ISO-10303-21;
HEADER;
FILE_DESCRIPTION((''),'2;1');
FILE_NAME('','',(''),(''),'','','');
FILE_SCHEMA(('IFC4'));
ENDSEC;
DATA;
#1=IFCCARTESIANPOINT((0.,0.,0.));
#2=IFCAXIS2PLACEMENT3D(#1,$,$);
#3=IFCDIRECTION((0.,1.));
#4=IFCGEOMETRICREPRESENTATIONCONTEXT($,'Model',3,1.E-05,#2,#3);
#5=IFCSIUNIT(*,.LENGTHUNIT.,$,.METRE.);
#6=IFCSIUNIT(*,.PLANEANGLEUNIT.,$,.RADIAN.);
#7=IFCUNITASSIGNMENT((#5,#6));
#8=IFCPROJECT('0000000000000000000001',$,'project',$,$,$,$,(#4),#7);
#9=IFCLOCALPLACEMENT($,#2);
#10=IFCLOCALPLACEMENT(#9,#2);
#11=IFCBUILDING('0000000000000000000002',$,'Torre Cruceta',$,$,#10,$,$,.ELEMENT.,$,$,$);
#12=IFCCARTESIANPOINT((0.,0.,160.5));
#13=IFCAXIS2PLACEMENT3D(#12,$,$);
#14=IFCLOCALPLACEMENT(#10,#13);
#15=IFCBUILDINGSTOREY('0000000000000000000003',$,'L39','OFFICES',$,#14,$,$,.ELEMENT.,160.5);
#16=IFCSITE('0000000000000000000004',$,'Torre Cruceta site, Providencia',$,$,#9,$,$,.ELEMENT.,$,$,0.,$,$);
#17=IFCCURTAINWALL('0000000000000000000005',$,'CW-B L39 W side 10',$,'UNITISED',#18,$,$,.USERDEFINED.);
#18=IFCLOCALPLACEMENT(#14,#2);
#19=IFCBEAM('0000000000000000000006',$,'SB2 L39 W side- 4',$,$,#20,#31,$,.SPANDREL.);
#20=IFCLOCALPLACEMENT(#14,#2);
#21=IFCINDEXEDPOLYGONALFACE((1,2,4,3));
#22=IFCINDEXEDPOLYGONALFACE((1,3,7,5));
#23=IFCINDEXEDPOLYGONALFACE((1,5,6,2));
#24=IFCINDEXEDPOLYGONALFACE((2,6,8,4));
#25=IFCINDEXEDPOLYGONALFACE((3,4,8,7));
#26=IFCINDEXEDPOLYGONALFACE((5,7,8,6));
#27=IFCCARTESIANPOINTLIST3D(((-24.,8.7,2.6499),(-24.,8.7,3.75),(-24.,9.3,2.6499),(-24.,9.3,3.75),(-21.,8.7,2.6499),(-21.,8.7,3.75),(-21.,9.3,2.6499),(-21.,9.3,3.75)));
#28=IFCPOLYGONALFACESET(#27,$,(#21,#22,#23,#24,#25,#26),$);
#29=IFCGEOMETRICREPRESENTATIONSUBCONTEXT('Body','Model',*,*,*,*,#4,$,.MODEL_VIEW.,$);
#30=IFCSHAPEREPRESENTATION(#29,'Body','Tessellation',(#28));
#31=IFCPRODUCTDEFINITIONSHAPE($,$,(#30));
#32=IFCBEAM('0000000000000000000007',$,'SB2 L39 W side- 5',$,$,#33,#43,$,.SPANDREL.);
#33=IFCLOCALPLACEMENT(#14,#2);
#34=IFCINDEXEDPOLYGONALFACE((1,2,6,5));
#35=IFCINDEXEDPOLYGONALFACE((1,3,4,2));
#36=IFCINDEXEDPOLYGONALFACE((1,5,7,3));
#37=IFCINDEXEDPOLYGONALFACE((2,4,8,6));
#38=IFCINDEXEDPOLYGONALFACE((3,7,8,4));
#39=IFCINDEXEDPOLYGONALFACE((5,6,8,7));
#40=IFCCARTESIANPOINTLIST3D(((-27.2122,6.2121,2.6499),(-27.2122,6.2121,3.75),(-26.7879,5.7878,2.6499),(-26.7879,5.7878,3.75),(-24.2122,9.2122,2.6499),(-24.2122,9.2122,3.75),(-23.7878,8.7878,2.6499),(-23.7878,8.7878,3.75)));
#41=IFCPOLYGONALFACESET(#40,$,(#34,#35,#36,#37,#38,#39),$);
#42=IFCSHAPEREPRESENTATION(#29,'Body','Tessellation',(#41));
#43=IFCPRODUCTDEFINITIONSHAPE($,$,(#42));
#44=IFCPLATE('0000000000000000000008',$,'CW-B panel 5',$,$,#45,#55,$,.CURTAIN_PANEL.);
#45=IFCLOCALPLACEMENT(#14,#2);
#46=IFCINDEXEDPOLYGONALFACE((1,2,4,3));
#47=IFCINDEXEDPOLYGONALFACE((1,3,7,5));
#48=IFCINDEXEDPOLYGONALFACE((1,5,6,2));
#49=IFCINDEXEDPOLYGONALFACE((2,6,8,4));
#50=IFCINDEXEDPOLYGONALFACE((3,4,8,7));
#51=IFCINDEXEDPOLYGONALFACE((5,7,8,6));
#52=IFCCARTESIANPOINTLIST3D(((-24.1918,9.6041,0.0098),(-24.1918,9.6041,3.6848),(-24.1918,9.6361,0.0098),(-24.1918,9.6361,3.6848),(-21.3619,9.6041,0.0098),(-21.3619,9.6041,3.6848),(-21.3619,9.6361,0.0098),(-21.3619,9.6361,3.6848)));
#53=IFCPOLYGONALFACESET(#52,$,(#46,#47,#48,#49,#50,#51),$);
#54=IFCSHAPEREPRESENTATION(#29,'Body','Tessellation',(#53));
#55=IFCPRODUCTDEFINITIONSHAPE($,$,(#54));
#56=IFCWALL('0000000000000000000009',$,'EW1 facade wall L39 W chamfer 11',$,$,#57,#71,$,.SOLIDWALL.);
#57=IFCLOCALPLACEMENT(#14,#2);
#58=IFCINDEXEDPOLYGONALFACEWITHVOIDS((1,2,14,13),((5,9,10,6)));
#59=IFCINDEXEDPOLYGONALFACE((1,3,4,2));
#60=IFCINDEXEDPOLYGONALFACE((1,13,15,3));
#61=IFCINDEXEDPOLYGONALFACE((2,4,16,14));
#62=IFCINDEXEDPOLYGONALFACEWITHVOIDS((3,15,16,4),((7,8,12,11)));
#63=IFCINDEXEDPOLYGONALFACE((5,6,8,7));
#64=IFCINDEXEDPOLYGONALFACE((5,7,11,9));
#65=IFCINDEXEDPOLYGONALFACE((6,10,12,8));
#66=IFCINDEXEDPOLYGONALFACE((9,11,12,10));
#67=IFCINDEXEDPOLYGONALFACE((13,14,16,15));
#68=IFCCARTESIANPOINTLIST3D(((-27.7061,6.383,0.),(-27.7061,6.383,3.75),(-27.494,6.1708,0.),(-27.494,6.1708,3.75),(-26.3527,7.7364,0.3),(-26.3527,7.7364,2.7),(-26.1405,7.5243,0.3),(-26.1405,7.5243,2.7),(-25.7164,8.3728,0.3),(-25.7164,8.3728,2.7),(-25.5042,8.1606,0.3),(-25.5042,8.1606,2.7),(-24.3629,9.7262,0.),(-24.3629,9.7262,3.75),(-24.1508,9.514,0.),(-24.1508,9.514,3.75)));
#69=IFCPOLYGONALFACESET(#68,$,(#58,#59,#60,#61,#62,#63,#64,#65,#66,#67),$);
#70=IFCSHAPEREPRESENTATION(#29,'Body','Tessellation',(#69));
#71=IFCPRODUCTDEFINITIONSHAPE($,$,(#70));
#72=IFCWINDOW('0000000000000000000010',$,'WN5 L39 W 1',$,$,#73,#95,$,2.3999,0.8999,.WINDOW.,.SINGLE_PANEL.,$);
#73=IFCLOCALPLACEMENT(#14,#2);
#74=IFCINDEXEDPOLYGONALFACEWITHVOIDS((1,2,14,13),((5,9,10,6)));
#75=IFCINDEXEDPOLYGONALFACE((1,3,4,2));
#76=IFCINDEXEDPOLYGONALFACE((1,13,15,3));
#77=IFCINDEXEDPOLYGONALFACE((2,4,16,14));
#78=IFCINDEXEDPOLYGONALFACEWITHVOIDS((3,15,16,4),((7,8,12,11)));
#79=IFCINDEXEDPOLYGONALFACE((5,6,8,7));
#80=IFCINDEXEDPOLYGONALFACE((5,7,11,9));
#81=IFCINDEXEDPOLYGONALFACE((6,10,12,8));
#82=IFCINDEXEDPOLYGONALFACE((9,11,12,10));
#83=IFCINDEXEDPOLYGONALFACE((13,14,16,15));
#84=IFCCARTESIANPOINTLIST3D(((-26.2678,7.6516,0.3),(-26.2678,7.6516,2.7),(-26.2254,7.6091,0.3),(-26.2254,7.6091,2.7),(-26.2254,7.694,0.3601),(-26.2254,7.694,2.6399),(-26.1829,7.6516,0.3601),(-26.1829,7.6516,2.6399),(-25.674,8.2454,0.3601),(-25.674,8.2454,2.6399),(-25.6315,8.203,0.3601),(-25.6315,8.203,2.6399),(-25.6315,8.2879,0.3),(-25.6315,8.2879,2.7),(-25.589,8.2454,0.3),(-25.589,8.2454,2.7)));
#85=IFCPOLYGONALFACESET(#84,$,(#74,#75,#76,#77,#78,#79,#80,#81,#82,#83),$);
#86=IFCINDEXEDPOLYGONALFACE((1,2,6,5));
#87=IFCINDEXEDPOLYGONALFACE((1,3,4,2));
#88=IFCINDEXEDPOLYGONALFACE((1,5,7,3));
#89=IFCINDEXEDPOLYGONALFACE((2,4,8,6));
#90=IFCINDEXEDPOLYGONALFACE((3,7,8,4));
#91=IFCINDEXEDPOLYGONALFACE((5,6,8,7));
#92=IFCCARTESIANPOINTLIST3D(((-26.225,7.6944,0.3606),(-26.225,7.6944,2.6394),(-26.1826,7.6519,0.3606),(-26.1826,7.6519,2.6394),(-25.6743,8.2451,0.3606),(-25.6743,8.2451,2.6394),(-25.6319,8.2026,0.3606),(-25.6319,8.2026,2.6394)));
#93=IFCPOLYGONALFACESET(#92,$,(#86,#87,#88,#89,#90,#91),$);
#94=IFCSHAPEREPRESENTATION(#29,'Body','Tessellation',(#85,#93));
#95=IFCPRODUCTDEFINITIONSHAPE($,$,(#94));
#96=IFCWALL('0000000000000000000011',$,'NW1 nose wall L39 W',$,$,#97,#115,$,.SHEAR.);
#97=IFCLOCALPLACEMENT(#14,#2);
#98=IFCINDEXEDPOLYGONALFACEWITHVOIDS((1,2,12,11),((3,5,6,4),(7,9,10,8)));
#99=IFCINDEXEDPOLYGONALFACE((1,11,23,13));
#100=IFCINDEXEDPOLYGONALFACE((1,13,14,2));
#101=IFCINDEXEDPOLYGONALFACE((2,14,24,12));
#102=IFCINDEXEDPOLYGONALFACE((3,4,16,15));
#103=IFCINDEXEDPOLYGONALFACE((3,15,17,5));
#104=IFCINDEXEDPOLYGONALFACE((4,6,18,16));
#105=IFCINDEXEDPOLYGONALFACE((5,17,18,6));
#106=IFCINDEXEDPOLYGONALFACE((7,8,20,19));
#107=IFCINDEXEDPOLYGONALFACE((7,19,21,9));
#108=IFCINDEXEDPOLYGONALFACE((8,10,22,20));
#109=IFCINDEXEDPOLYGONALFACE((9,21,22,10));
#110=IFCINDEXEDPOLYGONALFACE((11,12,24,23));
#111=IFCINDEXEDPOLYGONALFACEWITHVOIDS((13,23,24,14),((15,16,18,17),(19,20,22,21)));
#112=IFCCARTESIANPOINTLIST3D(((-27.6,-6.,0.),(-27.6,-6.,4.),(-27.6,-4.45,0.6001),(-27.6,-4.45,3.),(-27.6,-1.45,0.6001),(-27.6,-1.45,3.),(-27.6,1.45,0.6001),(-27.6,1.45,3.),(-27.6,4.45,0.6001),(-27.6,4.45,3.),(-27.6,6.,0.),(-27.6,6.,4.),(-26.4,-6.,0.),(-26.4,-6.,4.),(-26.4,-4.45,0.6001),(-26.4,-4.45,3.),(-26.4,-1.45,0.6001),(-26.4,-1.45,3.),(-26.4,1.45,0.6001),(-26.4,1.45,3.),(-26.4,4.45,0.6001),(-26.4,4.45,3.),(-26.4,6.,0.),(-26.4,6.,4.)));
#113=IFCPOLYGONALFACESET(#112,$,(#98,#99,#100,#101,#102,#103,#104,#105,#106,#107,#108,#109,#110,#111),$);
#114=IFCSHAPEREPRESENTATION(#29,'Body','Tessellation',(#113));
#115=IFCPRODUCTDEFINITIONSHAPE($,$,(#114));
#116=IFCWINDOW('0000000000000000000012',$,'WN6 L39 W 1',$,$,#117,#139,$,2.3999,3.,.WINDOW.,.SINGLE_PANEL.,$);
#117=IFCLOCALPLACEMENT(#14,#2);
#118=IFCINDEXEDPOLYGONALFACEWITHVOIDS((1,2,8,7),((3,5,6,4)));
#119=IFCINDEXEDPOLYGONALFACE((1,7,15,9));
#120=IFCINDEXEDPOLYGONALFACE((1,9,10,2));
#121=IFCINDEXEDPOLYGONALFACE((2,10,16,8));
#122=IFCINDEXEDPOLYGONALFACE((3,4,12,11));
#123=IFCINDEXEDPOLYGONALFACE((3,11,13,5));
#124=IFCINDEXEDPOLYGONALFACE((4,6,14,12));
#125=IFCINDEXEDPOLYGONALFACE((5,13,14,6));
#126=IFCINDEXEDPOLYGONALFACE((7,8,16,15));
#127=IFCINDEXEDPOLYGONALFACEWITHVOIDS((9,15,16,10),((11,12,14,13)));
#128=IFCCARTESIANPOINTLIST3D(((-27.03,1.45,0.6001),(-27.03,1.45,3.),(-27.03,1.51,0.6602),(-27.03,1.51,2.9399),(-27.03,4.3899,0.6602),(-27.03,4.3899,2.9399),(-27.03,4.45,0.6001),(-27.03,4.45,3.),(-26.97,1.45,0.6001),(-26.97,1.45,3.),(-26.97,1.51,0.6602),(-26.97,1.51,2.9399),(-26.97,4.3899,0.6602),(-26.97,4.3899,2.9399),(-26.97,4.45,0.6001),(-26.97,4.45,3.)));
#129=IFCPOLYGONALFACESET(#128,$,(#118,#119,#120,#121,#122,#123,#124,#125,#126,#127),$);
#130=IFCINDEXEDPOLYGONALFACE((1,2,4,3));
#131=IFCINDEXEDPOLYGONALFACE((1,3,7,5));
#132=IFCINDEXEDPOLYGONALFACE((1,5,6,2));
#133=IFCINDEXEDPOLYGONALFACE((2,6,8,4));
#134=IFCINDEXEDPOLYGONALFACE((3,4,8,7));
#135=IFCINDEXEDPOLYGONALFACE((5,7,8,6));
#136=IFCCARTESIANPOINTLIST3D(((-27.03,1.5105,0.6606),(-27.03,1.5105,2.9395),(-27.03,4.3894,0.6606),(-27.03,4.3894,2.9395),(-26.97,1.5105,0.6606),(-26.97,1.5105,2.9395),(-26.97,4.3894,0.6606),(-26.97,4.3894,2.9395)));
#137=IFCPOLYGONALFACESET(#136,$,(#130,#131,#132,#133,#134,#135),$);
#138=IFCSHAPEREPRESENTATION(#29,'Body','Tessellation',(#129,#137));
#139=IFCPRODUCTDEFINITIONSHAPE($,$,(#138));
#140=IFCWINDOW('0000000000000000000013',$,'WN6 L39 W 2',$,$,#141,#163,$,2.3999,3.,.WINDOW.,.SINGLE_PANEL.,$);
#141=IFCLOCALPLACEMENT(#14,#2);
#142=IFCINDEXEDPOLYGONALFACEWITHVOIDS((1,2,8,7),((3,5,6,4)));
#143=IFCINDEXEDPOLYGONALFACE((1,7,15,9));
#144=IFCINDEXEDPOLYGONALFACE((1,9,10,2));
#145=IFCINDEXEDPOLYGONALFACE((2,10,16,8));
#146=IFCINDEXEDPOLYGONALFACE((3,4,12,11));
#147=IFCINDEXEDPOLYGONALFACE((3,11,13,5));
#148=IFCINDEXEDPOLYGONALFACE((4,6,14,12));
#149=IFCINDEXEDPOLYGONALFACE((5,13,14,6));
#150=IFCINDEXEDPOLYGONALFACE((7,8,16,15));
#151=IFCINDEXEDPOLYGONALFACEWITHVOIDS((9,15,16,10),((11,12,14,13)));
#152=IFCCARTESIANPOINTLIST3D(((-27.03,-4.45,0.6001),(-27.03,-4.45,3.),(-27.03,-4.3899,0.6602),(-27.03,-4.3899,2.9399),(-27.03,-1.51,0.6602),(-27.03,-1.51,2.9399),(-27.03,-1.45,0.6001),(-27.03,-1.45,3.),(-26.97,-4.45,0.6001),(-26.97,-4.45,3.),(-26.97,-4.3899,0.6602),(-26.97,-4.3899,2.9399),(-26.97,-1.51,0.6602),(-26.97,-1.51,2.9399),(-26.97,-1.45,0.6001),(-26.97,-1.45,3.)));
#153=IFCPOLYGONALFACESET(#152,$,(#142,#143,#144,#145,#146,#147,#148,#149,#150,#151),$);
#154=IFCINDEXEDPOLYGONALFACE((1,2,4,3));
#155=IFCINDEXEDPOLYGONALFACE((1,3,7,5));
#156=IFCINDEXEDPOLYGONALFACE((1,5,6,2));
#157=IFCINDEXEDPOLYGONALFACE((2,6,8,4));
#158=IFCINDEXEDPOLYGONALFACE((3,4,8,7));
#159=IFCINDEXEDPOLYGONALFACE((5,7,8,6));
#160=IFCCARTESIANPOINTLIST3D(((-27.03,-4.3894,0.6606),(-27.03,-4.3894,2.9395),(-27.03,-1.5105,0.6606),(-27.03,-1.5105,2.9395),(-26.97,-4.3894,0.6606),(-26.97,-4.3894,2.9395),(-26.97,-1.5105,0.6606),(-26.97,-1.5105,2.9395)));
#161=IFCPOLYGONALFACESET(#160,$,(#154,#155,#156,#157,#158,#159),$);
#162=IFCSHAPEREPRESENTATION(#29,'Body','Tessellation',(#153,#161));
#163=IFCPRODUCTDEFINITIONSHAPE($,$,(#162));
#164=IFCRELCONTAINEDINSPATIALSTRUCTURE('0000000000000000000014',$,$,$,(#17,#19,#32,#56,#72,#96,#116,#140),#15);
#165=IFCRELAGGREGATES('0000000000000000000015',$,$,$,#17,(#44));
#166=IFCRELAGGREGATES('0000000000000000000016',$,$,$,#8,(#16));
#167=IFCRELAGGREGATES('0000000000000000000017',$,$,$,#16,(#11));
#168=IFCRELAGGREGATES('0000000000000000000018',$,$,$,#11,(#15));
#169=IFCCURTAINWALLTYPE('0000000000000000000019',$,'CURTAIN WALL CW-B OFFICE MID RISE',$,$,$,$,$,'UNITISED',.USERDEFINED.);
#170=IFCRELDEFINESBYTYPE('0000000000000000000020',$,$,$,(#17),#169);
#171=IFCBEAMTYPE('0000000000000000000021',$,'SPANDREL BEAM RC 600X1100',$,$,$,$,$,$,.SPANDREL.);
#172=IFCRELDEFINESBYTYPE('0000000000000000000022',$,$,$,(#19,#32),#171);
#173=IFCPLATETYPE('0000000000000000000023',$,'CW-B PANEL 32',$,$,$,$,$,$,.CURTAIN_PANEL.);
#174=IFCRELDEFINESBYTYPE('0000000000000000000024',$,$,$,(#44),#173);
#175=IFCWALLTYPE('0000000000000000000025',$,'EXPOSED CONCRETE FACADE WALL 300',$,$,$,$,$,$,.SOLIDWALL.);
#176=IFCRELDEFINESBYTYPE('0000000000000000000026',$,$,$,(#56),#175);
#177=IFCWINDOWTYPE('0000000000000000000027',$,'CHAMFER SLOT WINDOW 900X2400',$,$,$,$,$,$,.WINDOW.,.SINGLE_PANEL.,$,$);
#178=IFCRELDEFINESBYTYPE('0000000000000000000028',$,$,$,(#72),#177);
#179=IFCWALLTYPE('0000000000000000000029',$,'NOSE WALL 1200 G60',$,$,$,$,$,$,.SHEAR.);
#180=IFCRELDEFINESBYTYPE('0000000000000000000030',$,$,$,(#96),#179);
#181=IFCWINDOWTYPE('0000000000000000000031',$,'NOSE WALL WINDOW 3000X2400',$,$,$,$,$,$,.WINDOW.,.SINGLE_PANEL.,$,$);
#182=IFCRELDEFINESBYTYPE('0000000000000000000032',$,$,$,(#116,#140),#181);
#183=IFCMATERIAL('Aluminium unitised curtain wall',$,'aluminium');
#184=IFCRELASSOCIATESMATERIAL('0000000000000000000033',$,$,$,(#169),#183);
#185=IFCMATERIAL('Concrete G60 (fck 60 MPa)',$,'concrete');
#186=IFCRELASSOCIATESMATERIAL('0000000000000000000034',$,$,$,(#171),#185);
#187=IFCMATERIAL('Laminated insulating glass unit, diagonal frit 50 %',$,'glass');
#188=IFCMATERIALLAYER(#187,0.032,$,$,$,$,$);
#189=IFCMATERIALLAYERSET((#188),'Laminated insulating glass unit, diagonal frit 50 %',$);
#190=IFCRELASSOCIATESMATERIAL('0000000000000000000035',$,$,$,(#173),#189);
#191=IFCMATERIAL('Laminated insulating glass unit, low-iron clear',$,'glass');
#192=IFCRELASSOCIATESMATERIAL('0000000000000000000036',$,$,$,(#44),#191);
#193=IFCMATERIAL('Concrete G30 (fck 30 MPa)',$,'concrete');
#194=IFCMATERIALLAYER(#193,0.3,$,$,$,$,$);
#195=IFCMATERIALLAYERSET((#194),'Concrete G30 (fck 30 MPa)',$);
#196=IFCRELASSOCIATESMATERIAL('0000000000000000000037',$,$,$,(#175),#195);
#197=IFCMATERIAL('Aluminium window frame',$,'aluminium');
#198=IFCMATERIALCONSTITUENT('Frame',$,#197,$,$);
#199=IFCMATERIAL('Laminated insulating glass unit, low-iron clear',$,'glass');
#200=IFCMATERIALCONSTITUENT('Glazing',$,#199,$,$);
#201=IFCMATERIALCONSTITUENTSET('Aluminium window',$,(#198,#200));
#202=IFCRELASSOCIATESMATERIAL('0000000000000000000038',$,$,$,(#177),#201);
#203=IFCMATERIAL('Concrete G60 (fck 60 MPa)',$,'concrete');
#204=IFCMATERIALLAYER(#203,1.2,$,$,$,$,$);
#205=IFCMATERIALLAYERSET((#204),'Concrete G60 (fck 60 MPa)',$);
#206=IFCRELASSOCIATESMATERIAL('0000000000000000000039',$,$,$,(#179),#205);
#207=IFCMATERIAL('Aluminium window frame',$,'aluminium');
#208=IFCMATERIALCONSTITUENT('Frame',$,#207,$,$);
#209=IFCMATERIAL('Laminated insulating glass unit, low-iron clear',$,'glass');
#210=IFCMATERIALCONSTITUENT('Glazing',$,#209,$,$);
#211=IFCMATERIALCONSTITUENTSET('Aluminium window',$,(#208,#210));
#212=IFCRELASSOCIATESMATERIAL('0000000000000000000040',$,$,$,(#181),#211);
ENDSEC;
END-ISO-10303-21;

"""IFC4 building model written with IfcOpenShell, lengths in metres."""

from ifc_helpers import new_model, si_unit, direction, frame, frame_2d, origin, origin_2d, place, context, subcontext, project, spatial, rectangle, hollow_rectangle, extrude, material, layer, layer_set, constituent, constituent_set, material_profile, profile_set, type_object, element, fill, aggregate, save


model = new_model("IFC4")

# Units and contexts
model_context = context("Model", 3, precision=1e-05, world=origin(), true_north=direction((0.0, 1.0)))
body_context = subcontext(model_context, "Body", "Model", "MODEL_VIEW")
ifc_project = project(units=[si_unit("LENGTHUNIT", "METRE"), si_unit("PLANEANGLEUNIT", "RADIAN")], contexts=[model_context])

# Site, building, storey
site_placement = place(None, origin())
site = spatial("IfcSite", under=ifc_project, at=site_placement, Name="Torre Cruceta site, Providencia", CompositionType="ELEMENT", RefElevation=0.0)
building_placement = place(site_placement, origin())
building = spatial("IfcBuilding", under=site, at=building_placement, Name="Torre Cruceta", CompositionType="ELEMENT")
storey_placement = place(building_placement, frame((0.0, 0.0, 160.5)))
storey = spatial("IfcBuildingStorey", under=building, at=storey_placement, Name="L39", Description="OFFICES", CompositionType="ELEMENT", Elevation=160.5)

# Curtain wall
ifc_material_1 = material(Name="Aluminium unitised curtain wall", Category="aluminium")
curtain_wall_type = type_object("IfcCurtainWallType", Name="CURTAIN WALL CW-B OFFICE MID RISE", ElementType="UNITISED", PredefinedType="USERDEFINED", material=ifc_material_1)
curtain_wall_placement = place(storey_placement, origin())
curtain_wall = element("IfcCurtainWall", 1, at=curtain_wall_placement, inside=storey, type_object=curtain_wall_type, Name="CW-B L39 W side 10", ObjectType="UNITISED", PredefinedType="USERDEFINED")

# Beams
ifc_material_2 = material(Name="Concrete G60 (fck 60 MPa)", Category="concrete")
ifc_material_profile_1 = material_profile(ifc_material_2, rectangle(XDim=0.6001, YDim=1.1001, at=origin_2d()), Name="RC 600X1100")
ifc_profile_set_1 = profile_set([ifc_material_profile_1], Name="Concrete G60 (fck 60 MPa)")
beam_type_1 = type_object("IfcBeamType", Name="SPANDREL BEAM RC 600X1100", PredefinedType="SPANDREL", material=ifc_profile_set_1)
beam_1_placement = place(storey_placement, frame((-21.0, 9.0, 3.2), z_axis=(-1.0, 0.0, 0.0), x_axis=(0.0, -1.0, 0.0)))
element("IfcBeam", 2, at=beam_1_placement, inside=storey, type_object=beam_type_1, Name="SB2 L39 W side- 4", PredefinedType="SPANDREL", context=body_context, shape_type="SweptSolid", body=[
    extrude(rectangle(XDim=0.6001, YDim=1.1001, at=origin_2d()), origin(), (0.0, 0.0, 1.0), 3.0),
])
beam_2_placement = place(storey_placement, frame((-24.0, 9.0, 3.2), z_axis=(-0.707107, -0.707107, 0.0), x_axis=(0.707107, -0.707107, 0.0)))
element("IfcBeam", 3, at=beam_2_placement, inside=storey, type_object=beam_type_1, Name="SB2 L39 W side- 5", PredefinedType="SPANDREL", context=body_context, shape_type="SweptSolid", body=[
    extrude(rectangle(XDim=0.6001, YDim=1.1001, at=origin_2d()), origin(), (0.0, 0.0, 1.0), 4.2427),
])

# Plate
ifc_material_3 = material(Name="Laminated insulating glass unit, low-iron clear", Category="glass")
ifc_material_4 = material(Name="Laminated insulating glass unit, diagonal frit 50 %", Category="glass")
ifc_layer_1 = layer(ifc_material_4, 0.032)
ifc_layer_set_1 = layer_set([ifc_layer_1], Name="Laminated insulating glass unit, diagonal frit 50 %")
plate_type = type_object("IfcPlateType", Name="CW-B PANEL 32", PredefinedType="CURTAIN_PANEL", material=ifc_layer_set_1)
plate_placement = place(storey_placement, frame((-22.7769, 9.6201, 0.0098), z_axis=(0.0, 0.0, 1.0), x_axis=(-1.0, 0.0, 0.0)))
plate = element("IfcPlate", 4, at=plate_placement, type_object=plate_type, material=ifc_material_3, Name="CW-B panel 5", PredefinedType="CURTAIN_PANEL", context=body_context, shape_type="SweptSolid", body=[
    extrude(rectangle(XDim=2.8298, YDim=0.032, at=origin_2d()), origin(), (0.0, 0.0, 1.0), 3.675),
])
aggregate(curtain_wall, [plate])

# Wall, opening, window
ifc_material_5 = material(Name="Concrete G30 (fck 30 MPa)", Category="concrete")
ifc_layer_2 = layer(ifc_material_5, 0.3)
ifc_layer_set_2 = layer_set([ifc_layer_2], Name="Concrete G30 (fck 30 MPa)")
wall_type_1 = type_object("IfcWallType", Name="EXPOSED CONCRETE FACADE WALL 300", PredefinedType="SOLIDWALL", material=ifc_layer_set_2)
wall_1_placement = place(storey_placement, frame((-24.2568, 9.6201, 0.0), z_axis=(0.0, 0.0, 1.0), x_axis=(-0.707107, -0.707107, 0.0)))
wall_1 = element("IfcWall", 5, at=wall_1_placement, inside=storey, type_object=wall_type_1, Name="EW1 facade wall L39 W chamfer 11", PredefinedType="SOLIDWALL", context=body_context, shape_type="SweptSolid", body=[
    extrude(rectangle(XDim=4.728, YDim=0.3, at=frame_2d((2.364, 0.0))), origin(), (0.0, 0.0, 1.0), 3.75),
])
opening_1_placement = place(wall_1_placement, frame((1.9141, 0.0, 0.3)))
opening_1 = element("IfcOpeningElement", 6, at=opening_1_placement, cuts=wall_1, PredefinedType="OPENING", context=body_context, shape_type="SweptSolid", body=[
    extrude(rectangle(XDim=0.8999, YDim=2.3999, at=frame_2d((0.45, 1.2))), frame((0.0, 0.1599, 0.0), z_axis=(0.0, -1.0, 0.0), x_axis=(1.0, 0.0, 0.0)), (0.0, 0.0, 1.0), 0.3201),
])
ifc_material_6 = material(Name="Aluminium window frame", Category="aluminium")
ifc_constituent_1 = constituent(ifc_material_6, Name="Frame")
ifc_material_7 = material(Name="Laminated insulating glass unit, low-iron clear", Category="glass")
ifc_constituent_2 = constituent(ifc_material_7, Name="Glazing")
ifc_constituent_set_1 = constituent_set(constituents=[ifc_constituent_1, ifc_constituent_2], Name="Aluminium window")
window_type_1 = type_object("IfcWindowType", Name="CHAMFER SLOT WINDOW 900X2400", PartitioningType="SINGLE_PANEL", PredefinedType="WINDOW", material=ifc_constituent_set_1)
window_1_placement = place(opening_1_placement, origin())
window_1 = element("IfcWindow", 7, at=window_1_placement, inside=storey, type_object=window_type_1, Name="WN5 L39 W 1", OverallHeight=2.3999, OverallWidth=0.8999, PartitioningType="SINGLE_PANEL", PredefinedType="WINDOW", context=body_context, shape_type="SweptSolid", body=[
    extrude(hollow_rectangle(XDim=0.8999, YDim=2.3999, WallThickness=0.0601, at=frame_2d((0.45, 1.2))), frame((0.0, 0.03, 0.0), z_axis=(0.0, -1.0, 0.0), x_axis=(1.0, 0.0, 0.0)), (0.0, 0.0, 1.0), 0.0601),
    extrude(rectangle(XDim=0.7788, YDim=2.2788, at=frame_2d((0.45, 1.2))), frame((0.0, 0.03, 0.0), z_axis=(0.0, -1.0, 0.0), x_axis=(1.0, 0.0, 0.0)), (0.0, 0.0, 1.0), 0.0601),
])
fill(opening_1, window_1)

# Wall, openings, windows
ifc_material_8 = material(Name="Concrete G60 (fck 60 MPa)", Category="concrete")
ifc_layer_3 = layer(ifc_material_8, 1.2)
ifc_layer_set_3 = layer_set([ifc_layer_3], Name="Concrete G60 (fck 60 MPa)")
wall_type_2 = type_object("IfcWallType", Name="NOSE WALL 1200 G60", PredefinedType="SHEAR", material=ifc_layer_set_3)
wall_2_placement = place(storey_placement, frame((-27.0, 6.0, 0.0), z_axis=(0.0, 0.0, 1.0), x_axis=(0.0, -1.0, 0.0)))
wall_2 = element("IfcWall", 8, at=wall_2_placement, inside=storey, type_object=wall_type_2, Name="NW1 nose wall L39 W", PredefinedType="SHEAR", context=body_context, shape_type="SweptSolid", body=[
    extrude(rectangle(XDim=12.0, YDim=1.2, at=frame_2d((6.0, 0.0))), origin(), (0.0, 0.0, 1.0), 4.0),
])
opening_2_placement = place(wall_2_placement, frame((1.55, 0.0, 0.6001)))
opening_2 = element("IfcOpeningElement", 9, at=opening_2_placement, cuts=wall_2, PredefinedType="OPENING", context=body_context, shape_type="SweptSolid", body=[
    extrude(rectangle(XDim=3.0, YDim=2.3999, at=frame_2d((1.5, 1.2))), frame((0.0, 0.6099, 0.0), z_axis=(0.0, -1.0, 0.0), x_axis=(1.0, 0.0, 0.0)), (0.0, 0.0, 1.0), 1.22),
])
opening_3_placement = place(wall_2_placement, frame((7.45, 0.0, 0.6001)))
opening_3 = element("IfcOpeningElement", 10, at=opening_3_placement, cuts=wall_2, PredefinedType="OPENING", context=body_context, shape_type="SweptSolid", body=[
    extrude(rectangle(XDim=3.0, YDim=2.3999, at=frame_2d((1.5, 1.2))), frame((0.0, 0.6099, 0.0), z_axis=(0.0, -1.0, 0.0), x_axis=(1.0, 0.0, 0.0)), (0.0, 0.0, 1.0), 1.22),
])
ifc_material_9 = material(Name="Aluminium window frame", Category="aluminium")
ifc_constituent_3 = constituent(ifc_material_9, Name="Frame")
ifc_material_10 = material(Name="Laminated insulating glass unit, low-iron clear", Category="glass")
ifc_constituent_4 = constituent(ifc_material_10, Name="Glazing")
ifc_constituent_set_2 = constituent_set(constituents=[ifc_constituent_3, ifc_constituent_4], Name="Aluminium window")
window_type_2 = type_object("IfcWindowType", Name="NOSE WALL WINDOW 3000X2400", PartitioningType="SINGLE_PANEL", PredefinedType="WINDOW", material=ifc_constituent_set_2)
window_2_placement = place(opening_2_placement, origin())
window_2 = element("IfcWindow", 11, at=window_2_placement, inside=storey, type_object=window_type_2, Name="WN6 L39 W 1", OverallHeight=2.3999, OverallWidth=3.0, PartitioningType="SINGLE_PANEL", PredefinedType="WINDOW", context=body_context, shape_type="SweptSolid", body=[
    extrude(hollow_rectangle(XDim=3.0, YDim=2.3999, WallThickness=0.0601, at=frame_2d((1.5, 1.2))), frame((0.0, 0.03, 0.0), z_axis=(0.0, -1.0, 0.0), x_axis=(1.0, 0.0, 0.0)), (0.0, 0.0, 1.0), 0.0601),
    extrude(rectangle(XDim=2.8789, YDim=2.2788, at=frame_2d((1.5, 1.2))), frame((0.0, 0.03, 0.0), z_axis=(0.0, -1.0, 0.0), x_axis=(1.0, 0.0, 0.0)), (0.0, 0.0, 1.0), 0.0601),
])
fill(opening_2, window_2)
window_3_placement = place(opening_3_placement, origin())
window_3 = element("IfcWindow", 12, at=window_3_placement, inside=storey, type_object=window_type_2, Name="WN6 L39 W 2", OverallHeight=2.3999, OverallWidth=3.0, PartitioningType="SINGLE_PANEL", PredefinedType="WINDOW", context=body_context, shape_type="SweptSolid", body=[
    extrude(hollow_rectangle(XDim=3.0, YDim=2.3999, WallThickness=0.0601, at=frame_2d((1.5, 1.2))), frame((0.0, 0.03, 0.0), z_axis=(0.0, -1.0, 0.0), x_axis=(1.0, 0.0, 0.0)), (0.0, 0.0, 1.0), 0.0601),
    extrude(rectangle(XDim=2.8789, YDim=2.2788, at=frame_2d((1.5, 1.2))), frame((0.0, 0.03, 0.0), z_axis=(0.0, -1.0, 0.0), x_axis=(1.0, 0.0, 0.0)), (0.0, 0.0, 1.0), 0.0601),
])
fill(opening_3, window_3)

save(model, "model.ifc")
